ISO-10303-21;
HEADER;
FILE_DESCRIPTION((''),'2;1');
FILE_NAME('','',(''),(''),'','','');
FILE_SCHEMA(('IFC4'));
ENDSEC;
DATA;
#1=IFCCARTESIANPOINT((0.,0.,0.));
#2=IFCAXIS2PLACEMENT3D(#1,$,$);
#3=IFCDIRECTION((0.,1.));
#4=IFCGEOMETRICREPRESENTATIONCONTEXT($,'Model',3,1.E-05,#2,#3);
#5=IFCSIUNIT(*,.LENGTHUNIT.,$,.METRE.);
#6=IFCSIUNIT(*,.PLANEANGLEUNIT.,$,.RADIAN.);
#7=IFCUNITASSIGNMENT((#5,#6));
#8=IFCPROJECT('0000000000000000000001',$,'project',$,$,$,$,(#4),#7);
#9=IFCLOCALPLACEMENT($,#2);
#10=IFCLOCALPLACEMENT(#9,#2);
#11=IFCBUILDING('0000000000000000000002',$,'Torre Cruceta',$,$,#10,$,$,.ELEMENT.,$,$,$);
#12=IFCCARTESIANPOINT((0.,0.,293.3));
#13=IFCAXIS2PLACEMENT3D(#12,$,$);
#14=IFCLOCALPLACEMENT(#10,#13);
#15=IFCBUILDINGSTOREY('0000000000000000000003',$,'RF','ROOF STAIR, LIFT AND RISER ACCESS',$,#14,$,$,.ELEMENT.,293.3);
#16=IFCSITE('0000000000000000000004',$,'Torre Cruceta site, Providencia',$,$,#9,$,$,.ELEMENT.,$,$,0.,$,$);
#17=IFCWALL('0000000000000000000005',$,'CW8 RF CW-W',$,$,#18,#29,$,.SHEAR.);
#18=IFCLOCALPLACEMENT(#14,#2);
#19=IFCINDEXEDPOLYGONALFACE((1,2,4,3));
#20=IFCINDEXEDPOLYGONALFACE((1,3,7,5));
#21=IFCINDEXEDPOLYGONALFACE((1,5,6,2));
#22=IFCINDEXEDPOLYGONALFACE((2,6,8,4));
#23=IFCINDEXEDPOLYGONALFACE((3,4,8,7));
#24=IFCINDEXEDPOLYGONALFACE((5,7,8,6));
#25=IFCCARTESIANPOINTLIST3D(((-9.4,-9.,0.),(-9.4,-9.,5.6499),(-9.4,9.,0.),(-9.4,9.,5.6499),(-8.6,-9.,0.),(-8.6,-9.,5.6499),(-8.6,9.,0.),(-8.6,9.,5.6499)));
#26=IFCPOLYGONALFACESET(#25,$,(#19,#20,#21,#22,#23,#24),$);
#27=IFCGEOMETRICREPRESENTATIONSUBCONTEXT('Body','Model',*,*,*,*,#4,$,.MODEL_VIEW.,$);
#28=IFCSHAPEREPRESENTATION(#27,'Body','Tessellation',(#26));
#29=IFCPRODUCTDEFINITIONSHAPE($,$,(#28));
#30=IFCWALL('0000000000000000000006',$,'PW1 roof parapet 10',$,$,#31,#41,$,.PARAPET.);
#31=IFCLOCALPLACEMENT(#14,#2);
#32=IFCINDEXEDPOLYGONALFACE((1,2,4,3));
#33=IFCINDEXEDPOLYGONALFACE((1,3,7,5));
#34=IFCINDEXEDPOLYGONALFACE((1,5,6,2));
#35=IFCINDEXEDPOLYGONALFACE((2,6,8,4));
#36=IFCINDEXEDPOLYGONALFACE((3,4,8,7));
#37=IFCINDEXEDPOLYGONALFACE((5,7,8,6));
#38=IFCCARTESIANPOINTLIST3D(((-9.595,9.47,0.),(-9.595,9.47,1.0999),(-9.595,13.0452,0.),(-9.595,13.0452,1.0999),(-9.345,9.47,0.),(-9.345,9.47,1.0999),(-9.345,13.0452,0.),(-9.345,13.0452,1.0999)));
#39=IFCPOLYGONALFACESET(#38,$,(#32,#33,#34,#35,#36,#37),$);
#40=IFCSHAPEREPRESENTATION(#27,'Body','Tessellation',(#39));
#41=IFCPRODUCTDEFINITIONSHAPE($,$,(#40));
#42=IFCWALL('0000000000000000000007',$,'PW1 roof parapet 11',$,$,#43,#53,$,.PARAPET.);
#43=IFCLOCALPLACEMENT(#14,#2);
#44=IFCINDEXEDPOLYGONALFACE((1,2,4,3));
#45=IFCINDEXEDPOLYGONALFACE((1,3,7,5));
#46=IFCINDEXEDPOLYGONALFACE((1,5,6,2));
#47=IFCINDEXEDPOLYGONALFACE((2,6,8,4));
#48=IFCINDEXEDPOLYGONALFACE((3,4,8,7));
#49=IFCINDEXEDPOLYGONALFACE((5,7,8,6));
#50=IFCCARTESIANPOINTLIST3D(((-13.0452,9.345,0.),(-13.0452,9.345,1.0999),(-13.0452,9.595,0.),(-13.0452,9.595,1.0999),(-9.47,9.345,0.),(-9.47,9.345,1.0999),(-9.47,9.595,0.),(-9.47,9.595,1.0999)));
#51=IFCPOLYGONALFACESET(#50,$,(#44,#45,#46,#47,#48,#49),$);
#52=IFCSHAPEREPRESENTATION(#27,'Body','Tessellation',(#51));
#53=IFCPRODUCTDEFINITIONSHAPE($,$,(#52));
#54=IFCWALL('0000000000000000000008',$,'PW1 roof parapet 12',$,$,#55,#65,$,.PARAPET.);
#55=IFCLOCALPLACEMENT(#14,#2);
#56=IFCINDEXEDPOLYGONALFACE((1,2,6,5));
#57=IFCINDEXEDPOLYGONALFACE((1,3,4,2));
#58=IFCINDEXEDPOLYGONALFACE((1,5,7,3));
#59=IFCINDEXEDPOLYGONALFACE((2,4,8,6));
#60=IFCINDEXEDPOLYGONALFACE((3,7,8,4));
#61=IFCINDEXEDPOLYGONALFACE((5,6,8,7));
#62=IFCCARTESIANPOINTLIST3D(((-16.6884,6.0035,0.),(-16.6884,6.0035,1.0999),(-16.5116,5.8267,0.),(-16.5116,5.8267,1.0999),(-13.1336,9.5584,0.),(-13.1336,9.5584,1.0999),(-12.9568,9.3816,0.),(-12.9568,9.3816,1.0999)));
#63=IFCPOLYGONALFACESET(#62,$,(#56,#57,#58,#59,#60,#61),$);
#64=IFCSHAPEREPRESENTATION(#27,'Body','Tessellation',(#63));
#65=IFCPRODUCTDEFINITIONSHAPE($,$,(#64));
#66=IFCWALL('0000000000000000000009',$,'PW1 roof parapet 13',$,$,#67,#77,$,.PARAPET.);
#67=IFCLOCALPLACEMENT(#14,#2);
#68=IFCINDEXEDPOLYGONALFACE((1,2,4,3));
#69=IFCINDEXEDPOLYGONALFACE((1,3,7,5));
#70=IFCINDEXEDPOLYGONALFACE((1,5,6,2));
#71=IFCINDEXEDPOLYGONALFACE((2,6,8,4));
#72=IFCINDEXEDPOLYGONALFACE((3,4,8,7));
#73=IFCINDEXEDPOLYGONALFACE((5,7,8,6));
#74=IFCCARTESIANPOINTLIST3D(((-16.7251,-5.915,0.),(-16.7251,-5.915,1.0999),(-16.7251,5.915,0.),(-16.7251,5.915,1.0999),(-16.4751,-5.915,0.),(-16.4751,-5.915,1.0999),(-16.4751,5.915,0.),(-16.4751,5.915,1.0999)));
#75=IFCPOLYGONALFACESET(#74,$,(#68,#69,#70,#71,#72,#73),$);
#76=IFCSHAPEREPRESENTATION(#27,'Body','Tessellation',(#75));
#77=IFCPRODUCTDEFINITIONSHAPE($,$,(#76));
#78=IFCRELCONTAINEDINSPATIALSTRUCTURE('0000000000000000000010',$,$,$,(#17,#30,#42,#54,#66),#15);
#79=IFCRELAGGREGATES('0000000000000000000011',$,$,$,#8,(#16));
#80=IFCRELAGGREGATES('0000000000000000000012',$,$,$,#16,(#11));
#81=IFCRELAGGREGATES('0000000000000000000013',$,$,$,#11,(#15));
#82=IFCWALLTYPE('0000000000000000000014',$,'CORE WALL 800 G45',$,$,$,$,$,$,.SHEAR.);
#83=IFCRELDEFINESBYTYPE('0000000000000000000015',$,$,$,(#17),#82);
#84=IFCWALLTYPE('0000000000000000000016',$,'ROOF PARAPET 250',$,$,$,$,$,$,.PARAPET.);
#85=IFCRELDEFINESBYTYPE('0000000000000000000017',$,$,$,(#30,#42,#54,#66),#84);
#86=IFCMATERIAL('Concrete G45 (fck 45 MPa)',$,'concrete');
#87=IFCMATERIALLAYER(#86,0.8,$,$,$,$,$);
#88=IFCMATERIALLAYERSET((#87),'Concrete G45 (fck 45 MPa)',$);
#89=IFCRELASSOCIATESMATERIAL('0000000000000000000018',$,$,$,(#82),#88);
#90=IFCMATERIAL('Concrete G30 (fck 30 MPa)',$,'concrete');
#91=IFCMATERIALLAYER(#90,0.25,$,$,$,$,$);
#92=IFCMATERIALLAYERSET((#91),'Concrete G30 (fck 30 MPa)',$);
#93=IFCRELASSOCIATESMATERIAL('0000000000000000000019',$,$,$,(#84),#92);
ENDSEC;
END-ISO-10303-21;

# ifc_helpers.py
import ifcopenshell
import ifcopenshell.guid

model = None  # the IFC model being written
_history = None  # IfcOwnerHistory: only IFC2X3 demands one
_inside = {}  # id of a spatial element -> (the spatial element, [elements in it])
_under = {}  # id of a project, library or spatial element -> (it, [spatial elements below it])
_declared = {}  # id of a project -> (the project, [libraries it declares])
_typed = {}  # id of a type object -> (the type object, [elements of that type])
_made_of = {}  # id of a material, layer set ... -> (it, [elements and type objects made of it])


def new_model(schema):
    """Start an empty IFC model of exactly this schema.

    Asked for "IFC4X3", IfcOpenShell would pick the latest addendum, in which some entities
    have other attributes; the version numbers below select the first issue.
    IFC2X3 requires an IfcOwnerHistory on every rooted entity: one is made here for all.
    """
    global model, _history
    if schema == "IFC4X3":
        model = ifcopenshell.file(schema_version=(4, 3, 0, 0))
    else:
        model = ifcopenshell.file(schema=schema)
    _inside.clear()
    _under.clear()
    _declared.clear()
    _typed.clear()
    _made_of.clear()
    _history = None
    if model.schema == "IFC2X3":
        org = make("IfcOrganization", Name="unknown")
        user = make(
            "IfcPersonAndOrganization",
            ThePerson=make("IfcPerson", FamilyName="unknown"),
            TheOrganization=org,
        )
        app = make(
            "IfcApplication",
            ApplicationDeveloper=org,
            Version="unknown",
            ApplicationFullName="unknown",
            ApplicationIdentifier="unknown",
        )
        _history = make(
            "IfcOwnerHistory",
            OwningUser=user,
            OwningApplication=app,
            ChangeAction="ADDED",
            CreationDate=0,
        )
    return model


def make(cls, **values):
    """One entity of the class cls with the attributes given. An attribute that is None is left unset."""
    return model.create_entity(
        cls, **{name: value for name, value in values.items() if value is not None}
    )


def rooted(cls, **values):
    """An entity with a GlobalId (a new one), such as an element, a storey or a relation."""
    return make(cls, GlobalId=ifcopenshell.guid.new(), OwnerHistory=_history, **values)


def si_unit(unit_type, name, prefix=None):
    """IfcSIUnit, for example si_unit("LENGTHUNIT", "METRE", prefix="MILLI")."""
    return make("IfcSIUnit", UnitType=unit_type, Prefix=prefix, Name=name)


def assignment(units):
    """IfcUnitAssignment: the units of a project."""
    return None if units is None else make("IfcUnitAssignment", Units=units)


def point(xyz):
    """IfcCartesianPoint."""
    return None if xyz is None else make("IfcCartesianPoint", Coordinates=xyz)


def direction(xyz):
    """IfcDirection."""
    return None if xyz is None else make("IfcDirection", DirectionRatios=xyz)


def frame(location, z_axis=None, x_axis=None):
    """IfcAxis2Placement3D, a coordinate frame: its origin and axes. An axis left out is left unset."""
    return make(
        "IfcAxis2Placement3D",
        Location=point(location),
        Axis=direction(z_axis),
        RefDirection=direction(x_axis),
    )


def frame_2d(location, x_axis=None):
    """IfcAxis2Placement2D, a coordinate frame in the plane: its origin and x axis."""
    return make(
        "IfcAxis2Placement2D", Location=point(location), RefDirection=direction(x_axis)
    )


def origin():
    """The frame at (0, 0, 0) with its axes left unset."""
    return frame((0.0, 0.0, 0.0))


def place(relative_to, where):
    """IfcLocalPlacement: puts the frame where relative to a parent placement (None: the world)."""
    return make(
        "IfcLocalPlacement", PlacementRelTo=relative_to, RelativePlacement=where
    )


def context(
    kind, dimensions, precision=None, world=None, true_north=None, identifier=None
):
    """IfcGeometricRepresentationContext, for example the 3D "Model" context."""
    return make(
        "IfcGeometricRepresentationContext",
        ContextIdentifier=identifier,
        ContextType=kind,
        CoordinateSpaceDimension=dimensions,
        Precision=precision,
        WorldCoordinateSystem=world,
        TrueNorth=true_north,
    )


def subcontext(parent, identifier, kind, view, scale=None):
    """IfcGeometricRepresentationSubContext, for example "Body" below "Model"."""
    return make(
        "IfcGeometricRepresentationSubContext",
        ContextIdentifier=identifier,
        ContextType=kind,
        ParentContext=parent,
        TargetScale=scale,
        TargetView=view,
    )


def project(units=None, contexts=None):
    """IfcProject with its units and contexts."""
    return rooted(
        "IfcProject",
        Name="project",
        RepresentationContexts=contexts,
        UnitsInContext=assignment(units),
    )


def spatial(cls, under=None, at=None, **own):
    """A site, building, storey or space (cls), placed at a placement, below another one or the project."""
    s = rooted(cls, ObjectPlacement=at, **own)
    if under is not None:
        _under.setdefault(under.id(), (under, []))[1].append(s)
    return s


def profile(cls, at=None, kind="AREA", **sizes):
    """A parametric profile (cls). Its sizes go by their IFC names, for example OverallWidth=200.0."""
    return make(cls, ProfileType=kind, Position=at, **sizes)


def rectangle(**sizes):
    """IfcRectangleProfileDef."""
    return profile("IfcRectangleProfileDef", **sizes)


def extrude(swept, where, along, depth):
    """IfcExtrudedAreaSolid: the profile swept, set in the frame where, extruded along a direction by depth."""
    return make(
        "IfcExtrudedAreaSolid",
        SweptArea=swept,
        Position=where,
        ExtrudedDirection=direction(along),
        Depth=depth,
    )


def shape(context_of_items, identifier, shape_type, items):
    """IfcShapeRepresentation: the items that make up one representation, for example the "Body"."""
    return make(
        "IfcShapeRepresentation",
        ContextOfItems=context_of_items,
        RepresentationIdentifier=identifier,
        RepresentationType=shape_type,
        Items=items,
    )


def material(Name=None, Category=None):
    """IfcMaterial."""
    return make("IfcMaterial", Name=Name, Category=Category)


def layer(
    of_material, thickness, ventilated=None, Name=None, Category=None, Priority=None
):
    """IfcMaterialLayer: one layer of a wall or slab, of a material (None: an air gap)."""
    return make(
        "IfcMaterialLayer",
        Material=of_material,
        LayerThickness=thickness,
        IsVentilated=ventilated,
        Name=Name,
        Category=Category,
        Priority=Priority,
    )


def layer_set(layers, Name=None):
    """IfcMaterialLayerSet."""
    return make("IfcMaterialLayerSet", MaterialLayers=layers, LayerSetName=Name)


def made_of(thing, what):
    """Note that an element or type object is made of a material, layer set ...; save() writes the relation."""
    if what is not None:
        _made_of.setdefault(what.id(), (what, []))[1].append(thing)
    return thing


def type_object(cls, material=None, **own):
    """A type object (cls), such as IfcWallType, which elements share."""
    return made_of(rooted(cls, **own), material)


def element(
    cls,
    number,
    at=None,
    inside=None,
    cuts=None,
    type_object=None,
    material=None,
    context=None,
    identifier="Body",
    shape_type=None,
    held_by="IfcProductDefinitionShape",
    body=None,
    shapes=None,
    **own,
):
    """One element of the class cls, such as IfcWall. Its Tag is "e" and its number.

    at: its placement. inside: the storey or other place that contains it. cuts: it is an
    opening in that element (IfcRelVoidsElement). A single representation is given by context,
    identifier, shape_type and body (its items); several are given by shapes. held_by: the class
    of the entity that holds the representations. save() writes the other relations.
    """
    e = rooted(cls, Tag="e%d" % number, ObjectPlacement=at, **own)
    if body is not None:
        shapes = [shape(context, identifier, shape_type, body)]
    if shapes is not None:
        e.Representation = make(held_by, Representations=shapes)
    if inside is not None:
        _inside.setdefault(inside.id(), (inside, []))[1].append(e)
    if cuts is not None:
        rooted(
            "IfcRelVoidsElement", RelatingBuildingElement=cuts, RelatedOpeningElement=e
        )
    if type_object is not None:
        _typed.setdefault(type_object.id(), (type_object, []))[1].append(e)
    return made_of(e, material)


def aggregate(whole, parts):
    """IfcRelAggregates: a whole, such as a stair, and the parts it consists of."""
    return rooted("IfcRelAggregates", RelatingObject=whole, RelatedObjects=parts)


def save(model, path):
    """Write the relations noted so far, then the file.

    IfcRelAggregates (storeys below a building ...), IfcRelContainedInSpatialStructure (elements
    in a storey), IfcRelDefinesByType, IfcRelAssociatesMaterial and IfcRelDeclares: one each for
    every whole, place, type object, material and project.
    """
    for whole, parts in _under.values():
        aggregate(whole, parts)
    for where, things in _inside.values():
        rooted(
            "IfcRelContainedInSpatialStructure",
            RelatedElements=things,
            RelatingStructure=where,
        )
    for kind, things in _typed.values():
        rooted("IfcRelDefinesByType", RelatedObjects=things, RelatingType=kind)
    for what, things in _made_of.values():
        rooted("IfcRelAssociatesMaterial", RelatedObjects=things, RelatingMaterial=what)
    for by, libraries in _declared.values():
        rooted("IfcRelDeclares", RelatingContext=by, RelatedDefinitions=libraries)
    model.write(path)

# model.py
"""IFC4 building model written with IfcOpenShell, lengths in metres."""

from ifc_helpers import new_model, si_unit, direction, frame, frame_2d, origin, place, context, subcontext, project, spatial, rectangle, extrude, material, layer, layer_set, type_object, element, save


model = new_model("IFC4")

# Units and contexts
model_context = context("Model", 3, precision=1e-05, world=origin(), true_north=direction((0.0, 1.0)))
body_context = subcontext(model_context, "Body", "Model", "MODEL_VIEW")
ifc_project = project(units=[si_unit("LENGTHUNIT", "METRE"), si_unit("PLANEANGLEUNIT", "RADIAN")], contexts=[model_context])

# Site, building, storey
site_placement = place(None, origin())
site = spatial("IfcSite", under=ifc_project, at=site_placement, Name="Torre Cruceta site, Providencia", CompositionType="ELEMENT", RefElevation=0.0)
building_placement = place(site_placement, origin())
building = spatial("IfcBuilding", under=site, at=building_placement, Name="Torre Cruceta", CompositionType="ELEMENT")
storey_placement = place(building_placement, frame((0.0, 0.0, 293.3)))
storey = spatial("IfcBuildingStorey", under=building, at=storey_placement, Name="RF", Description="ROOF STAIR, LIFT AND RISER ACCESS", CompositionType="ELEMENT", Elevation=293.3)

# Walls
ifc_material_1 = material(Name="Concrete G45 (fck 45 MPa)", Category="concrete")
ifc_layer_1 = layer(ifc_material_1, 0.8)
ifc_layer_set_1 = layer_set([ifc_layer_1], Name="Concrete G45 (fck 45 MPa)")
wall_type_1 = type_object("IfcWallType", Name="CORE WALL 800 G45", PredefinedType="SHEAR", material=ifc_layer_set_1)
wall_1_placement = place(storey_placement, frame((-9.0, 9.0, 0.0), z_axis=(0.0, 0.0, 1.0), x_axis=(0.0, -1.0, 0.0)))
element("IfcWall", 1, at=wall_1_placement, inside=storey, type_object=wall_type_1, Name="CW8 RF CW-W", PredefinedType="SHEAR", context=body_context, shape_type="SweptSolid", body=[
    extrude(rectangle(XDim=18.0, YDim=0.8, at=frame_2d((9.0, 0.0))), origin(), (0.0, 0.0, 1.0), 5.6499),
])
ifc_material_2 = material(Name="Concrete G30 (fck 30 MPa)", Category="concrete")
ifc_layer_2 = layer(ifc_material_2, 0.25)
ifc_layer_set_2 = layer_set([ifc_layer_2], Name="Concrete G30 (fck 30 MPa)")
wall_type_2 = type_object("IfcWallType", Name="ROOF PARAPET 250", PredefinedType="PARAPET", material=ifc_layer_set_2)
for number, where, z_axis, x_axis, name in (
    (2, (-9.47, 13.0452, 0.0), (0.0, 0.0, 1.0), (0.0, -1.0, 0.0), "PW1 roof parapet 10"),
    (3, (-9.47, 9.47, 0.0), (0.0, 0.0, 1.0), (-1.0, 0.0, 0.0), "PW1 roof parapet 11"),
):
    element("IfcWall", number, at=place(storey_placement, frame(where, z_axis=z_axis, x_axis=x_axis)), inside=storey, type_object=wall_type_2, Name=name, PredefinedType="PARAPET", context=body_context, shape_type="SweptSolid", body=[
        extrude(rectangle(XDim=3.5752, YDim=0.25, at=frame_2d((1.7876, 0.0))), origin(), (0.0, 0.0, 1.0), 1.0999),
    ])
wall_2_placement = place(storey_placement, frame((-13.0452, 9.47, 0.0), z_axis=(0.0, 0.0, 1.0), x_axis=(-0.707107, -0.707107, 0.0)))
element("IfcWall", 4, at=wall_2_placement, inside=storey, type_object=wall_type_2, Name="PW1 roof parapet 12", PredefinedType="PARAPET", context=body_context, shape_type="SweptSolid", body=[
    extrude(rectangle(XDim=5.0273, YDim=0.25, at=frame_2d((2.5137, 0.0))), origin(), (0.0, 0.0, 1.0), 1.0999),
])
wall_3_placement = place(storey_placement, frame((-16.6001, 5.915, 0.0), z_axis=(0.0, 0.0, 1.0), x_axis=(0.0, -1.0, 0.0)))
element("IfcWall", 5, at=wall_3_placement, inside=storey, type_object=wall_type_2, Name="PW1 roof parapet 13", PredefinedType="PARAPET", context=body_context, shape_type="SweptSolid", body=[
    extrude(rectangle(XDim=11.8301, YDim=0.25, at=frame_2d((5.915, 0.0))), origin(), (0.0, 0.0, 1.0), 1.0999),
])

save(model, "model.ifc")
